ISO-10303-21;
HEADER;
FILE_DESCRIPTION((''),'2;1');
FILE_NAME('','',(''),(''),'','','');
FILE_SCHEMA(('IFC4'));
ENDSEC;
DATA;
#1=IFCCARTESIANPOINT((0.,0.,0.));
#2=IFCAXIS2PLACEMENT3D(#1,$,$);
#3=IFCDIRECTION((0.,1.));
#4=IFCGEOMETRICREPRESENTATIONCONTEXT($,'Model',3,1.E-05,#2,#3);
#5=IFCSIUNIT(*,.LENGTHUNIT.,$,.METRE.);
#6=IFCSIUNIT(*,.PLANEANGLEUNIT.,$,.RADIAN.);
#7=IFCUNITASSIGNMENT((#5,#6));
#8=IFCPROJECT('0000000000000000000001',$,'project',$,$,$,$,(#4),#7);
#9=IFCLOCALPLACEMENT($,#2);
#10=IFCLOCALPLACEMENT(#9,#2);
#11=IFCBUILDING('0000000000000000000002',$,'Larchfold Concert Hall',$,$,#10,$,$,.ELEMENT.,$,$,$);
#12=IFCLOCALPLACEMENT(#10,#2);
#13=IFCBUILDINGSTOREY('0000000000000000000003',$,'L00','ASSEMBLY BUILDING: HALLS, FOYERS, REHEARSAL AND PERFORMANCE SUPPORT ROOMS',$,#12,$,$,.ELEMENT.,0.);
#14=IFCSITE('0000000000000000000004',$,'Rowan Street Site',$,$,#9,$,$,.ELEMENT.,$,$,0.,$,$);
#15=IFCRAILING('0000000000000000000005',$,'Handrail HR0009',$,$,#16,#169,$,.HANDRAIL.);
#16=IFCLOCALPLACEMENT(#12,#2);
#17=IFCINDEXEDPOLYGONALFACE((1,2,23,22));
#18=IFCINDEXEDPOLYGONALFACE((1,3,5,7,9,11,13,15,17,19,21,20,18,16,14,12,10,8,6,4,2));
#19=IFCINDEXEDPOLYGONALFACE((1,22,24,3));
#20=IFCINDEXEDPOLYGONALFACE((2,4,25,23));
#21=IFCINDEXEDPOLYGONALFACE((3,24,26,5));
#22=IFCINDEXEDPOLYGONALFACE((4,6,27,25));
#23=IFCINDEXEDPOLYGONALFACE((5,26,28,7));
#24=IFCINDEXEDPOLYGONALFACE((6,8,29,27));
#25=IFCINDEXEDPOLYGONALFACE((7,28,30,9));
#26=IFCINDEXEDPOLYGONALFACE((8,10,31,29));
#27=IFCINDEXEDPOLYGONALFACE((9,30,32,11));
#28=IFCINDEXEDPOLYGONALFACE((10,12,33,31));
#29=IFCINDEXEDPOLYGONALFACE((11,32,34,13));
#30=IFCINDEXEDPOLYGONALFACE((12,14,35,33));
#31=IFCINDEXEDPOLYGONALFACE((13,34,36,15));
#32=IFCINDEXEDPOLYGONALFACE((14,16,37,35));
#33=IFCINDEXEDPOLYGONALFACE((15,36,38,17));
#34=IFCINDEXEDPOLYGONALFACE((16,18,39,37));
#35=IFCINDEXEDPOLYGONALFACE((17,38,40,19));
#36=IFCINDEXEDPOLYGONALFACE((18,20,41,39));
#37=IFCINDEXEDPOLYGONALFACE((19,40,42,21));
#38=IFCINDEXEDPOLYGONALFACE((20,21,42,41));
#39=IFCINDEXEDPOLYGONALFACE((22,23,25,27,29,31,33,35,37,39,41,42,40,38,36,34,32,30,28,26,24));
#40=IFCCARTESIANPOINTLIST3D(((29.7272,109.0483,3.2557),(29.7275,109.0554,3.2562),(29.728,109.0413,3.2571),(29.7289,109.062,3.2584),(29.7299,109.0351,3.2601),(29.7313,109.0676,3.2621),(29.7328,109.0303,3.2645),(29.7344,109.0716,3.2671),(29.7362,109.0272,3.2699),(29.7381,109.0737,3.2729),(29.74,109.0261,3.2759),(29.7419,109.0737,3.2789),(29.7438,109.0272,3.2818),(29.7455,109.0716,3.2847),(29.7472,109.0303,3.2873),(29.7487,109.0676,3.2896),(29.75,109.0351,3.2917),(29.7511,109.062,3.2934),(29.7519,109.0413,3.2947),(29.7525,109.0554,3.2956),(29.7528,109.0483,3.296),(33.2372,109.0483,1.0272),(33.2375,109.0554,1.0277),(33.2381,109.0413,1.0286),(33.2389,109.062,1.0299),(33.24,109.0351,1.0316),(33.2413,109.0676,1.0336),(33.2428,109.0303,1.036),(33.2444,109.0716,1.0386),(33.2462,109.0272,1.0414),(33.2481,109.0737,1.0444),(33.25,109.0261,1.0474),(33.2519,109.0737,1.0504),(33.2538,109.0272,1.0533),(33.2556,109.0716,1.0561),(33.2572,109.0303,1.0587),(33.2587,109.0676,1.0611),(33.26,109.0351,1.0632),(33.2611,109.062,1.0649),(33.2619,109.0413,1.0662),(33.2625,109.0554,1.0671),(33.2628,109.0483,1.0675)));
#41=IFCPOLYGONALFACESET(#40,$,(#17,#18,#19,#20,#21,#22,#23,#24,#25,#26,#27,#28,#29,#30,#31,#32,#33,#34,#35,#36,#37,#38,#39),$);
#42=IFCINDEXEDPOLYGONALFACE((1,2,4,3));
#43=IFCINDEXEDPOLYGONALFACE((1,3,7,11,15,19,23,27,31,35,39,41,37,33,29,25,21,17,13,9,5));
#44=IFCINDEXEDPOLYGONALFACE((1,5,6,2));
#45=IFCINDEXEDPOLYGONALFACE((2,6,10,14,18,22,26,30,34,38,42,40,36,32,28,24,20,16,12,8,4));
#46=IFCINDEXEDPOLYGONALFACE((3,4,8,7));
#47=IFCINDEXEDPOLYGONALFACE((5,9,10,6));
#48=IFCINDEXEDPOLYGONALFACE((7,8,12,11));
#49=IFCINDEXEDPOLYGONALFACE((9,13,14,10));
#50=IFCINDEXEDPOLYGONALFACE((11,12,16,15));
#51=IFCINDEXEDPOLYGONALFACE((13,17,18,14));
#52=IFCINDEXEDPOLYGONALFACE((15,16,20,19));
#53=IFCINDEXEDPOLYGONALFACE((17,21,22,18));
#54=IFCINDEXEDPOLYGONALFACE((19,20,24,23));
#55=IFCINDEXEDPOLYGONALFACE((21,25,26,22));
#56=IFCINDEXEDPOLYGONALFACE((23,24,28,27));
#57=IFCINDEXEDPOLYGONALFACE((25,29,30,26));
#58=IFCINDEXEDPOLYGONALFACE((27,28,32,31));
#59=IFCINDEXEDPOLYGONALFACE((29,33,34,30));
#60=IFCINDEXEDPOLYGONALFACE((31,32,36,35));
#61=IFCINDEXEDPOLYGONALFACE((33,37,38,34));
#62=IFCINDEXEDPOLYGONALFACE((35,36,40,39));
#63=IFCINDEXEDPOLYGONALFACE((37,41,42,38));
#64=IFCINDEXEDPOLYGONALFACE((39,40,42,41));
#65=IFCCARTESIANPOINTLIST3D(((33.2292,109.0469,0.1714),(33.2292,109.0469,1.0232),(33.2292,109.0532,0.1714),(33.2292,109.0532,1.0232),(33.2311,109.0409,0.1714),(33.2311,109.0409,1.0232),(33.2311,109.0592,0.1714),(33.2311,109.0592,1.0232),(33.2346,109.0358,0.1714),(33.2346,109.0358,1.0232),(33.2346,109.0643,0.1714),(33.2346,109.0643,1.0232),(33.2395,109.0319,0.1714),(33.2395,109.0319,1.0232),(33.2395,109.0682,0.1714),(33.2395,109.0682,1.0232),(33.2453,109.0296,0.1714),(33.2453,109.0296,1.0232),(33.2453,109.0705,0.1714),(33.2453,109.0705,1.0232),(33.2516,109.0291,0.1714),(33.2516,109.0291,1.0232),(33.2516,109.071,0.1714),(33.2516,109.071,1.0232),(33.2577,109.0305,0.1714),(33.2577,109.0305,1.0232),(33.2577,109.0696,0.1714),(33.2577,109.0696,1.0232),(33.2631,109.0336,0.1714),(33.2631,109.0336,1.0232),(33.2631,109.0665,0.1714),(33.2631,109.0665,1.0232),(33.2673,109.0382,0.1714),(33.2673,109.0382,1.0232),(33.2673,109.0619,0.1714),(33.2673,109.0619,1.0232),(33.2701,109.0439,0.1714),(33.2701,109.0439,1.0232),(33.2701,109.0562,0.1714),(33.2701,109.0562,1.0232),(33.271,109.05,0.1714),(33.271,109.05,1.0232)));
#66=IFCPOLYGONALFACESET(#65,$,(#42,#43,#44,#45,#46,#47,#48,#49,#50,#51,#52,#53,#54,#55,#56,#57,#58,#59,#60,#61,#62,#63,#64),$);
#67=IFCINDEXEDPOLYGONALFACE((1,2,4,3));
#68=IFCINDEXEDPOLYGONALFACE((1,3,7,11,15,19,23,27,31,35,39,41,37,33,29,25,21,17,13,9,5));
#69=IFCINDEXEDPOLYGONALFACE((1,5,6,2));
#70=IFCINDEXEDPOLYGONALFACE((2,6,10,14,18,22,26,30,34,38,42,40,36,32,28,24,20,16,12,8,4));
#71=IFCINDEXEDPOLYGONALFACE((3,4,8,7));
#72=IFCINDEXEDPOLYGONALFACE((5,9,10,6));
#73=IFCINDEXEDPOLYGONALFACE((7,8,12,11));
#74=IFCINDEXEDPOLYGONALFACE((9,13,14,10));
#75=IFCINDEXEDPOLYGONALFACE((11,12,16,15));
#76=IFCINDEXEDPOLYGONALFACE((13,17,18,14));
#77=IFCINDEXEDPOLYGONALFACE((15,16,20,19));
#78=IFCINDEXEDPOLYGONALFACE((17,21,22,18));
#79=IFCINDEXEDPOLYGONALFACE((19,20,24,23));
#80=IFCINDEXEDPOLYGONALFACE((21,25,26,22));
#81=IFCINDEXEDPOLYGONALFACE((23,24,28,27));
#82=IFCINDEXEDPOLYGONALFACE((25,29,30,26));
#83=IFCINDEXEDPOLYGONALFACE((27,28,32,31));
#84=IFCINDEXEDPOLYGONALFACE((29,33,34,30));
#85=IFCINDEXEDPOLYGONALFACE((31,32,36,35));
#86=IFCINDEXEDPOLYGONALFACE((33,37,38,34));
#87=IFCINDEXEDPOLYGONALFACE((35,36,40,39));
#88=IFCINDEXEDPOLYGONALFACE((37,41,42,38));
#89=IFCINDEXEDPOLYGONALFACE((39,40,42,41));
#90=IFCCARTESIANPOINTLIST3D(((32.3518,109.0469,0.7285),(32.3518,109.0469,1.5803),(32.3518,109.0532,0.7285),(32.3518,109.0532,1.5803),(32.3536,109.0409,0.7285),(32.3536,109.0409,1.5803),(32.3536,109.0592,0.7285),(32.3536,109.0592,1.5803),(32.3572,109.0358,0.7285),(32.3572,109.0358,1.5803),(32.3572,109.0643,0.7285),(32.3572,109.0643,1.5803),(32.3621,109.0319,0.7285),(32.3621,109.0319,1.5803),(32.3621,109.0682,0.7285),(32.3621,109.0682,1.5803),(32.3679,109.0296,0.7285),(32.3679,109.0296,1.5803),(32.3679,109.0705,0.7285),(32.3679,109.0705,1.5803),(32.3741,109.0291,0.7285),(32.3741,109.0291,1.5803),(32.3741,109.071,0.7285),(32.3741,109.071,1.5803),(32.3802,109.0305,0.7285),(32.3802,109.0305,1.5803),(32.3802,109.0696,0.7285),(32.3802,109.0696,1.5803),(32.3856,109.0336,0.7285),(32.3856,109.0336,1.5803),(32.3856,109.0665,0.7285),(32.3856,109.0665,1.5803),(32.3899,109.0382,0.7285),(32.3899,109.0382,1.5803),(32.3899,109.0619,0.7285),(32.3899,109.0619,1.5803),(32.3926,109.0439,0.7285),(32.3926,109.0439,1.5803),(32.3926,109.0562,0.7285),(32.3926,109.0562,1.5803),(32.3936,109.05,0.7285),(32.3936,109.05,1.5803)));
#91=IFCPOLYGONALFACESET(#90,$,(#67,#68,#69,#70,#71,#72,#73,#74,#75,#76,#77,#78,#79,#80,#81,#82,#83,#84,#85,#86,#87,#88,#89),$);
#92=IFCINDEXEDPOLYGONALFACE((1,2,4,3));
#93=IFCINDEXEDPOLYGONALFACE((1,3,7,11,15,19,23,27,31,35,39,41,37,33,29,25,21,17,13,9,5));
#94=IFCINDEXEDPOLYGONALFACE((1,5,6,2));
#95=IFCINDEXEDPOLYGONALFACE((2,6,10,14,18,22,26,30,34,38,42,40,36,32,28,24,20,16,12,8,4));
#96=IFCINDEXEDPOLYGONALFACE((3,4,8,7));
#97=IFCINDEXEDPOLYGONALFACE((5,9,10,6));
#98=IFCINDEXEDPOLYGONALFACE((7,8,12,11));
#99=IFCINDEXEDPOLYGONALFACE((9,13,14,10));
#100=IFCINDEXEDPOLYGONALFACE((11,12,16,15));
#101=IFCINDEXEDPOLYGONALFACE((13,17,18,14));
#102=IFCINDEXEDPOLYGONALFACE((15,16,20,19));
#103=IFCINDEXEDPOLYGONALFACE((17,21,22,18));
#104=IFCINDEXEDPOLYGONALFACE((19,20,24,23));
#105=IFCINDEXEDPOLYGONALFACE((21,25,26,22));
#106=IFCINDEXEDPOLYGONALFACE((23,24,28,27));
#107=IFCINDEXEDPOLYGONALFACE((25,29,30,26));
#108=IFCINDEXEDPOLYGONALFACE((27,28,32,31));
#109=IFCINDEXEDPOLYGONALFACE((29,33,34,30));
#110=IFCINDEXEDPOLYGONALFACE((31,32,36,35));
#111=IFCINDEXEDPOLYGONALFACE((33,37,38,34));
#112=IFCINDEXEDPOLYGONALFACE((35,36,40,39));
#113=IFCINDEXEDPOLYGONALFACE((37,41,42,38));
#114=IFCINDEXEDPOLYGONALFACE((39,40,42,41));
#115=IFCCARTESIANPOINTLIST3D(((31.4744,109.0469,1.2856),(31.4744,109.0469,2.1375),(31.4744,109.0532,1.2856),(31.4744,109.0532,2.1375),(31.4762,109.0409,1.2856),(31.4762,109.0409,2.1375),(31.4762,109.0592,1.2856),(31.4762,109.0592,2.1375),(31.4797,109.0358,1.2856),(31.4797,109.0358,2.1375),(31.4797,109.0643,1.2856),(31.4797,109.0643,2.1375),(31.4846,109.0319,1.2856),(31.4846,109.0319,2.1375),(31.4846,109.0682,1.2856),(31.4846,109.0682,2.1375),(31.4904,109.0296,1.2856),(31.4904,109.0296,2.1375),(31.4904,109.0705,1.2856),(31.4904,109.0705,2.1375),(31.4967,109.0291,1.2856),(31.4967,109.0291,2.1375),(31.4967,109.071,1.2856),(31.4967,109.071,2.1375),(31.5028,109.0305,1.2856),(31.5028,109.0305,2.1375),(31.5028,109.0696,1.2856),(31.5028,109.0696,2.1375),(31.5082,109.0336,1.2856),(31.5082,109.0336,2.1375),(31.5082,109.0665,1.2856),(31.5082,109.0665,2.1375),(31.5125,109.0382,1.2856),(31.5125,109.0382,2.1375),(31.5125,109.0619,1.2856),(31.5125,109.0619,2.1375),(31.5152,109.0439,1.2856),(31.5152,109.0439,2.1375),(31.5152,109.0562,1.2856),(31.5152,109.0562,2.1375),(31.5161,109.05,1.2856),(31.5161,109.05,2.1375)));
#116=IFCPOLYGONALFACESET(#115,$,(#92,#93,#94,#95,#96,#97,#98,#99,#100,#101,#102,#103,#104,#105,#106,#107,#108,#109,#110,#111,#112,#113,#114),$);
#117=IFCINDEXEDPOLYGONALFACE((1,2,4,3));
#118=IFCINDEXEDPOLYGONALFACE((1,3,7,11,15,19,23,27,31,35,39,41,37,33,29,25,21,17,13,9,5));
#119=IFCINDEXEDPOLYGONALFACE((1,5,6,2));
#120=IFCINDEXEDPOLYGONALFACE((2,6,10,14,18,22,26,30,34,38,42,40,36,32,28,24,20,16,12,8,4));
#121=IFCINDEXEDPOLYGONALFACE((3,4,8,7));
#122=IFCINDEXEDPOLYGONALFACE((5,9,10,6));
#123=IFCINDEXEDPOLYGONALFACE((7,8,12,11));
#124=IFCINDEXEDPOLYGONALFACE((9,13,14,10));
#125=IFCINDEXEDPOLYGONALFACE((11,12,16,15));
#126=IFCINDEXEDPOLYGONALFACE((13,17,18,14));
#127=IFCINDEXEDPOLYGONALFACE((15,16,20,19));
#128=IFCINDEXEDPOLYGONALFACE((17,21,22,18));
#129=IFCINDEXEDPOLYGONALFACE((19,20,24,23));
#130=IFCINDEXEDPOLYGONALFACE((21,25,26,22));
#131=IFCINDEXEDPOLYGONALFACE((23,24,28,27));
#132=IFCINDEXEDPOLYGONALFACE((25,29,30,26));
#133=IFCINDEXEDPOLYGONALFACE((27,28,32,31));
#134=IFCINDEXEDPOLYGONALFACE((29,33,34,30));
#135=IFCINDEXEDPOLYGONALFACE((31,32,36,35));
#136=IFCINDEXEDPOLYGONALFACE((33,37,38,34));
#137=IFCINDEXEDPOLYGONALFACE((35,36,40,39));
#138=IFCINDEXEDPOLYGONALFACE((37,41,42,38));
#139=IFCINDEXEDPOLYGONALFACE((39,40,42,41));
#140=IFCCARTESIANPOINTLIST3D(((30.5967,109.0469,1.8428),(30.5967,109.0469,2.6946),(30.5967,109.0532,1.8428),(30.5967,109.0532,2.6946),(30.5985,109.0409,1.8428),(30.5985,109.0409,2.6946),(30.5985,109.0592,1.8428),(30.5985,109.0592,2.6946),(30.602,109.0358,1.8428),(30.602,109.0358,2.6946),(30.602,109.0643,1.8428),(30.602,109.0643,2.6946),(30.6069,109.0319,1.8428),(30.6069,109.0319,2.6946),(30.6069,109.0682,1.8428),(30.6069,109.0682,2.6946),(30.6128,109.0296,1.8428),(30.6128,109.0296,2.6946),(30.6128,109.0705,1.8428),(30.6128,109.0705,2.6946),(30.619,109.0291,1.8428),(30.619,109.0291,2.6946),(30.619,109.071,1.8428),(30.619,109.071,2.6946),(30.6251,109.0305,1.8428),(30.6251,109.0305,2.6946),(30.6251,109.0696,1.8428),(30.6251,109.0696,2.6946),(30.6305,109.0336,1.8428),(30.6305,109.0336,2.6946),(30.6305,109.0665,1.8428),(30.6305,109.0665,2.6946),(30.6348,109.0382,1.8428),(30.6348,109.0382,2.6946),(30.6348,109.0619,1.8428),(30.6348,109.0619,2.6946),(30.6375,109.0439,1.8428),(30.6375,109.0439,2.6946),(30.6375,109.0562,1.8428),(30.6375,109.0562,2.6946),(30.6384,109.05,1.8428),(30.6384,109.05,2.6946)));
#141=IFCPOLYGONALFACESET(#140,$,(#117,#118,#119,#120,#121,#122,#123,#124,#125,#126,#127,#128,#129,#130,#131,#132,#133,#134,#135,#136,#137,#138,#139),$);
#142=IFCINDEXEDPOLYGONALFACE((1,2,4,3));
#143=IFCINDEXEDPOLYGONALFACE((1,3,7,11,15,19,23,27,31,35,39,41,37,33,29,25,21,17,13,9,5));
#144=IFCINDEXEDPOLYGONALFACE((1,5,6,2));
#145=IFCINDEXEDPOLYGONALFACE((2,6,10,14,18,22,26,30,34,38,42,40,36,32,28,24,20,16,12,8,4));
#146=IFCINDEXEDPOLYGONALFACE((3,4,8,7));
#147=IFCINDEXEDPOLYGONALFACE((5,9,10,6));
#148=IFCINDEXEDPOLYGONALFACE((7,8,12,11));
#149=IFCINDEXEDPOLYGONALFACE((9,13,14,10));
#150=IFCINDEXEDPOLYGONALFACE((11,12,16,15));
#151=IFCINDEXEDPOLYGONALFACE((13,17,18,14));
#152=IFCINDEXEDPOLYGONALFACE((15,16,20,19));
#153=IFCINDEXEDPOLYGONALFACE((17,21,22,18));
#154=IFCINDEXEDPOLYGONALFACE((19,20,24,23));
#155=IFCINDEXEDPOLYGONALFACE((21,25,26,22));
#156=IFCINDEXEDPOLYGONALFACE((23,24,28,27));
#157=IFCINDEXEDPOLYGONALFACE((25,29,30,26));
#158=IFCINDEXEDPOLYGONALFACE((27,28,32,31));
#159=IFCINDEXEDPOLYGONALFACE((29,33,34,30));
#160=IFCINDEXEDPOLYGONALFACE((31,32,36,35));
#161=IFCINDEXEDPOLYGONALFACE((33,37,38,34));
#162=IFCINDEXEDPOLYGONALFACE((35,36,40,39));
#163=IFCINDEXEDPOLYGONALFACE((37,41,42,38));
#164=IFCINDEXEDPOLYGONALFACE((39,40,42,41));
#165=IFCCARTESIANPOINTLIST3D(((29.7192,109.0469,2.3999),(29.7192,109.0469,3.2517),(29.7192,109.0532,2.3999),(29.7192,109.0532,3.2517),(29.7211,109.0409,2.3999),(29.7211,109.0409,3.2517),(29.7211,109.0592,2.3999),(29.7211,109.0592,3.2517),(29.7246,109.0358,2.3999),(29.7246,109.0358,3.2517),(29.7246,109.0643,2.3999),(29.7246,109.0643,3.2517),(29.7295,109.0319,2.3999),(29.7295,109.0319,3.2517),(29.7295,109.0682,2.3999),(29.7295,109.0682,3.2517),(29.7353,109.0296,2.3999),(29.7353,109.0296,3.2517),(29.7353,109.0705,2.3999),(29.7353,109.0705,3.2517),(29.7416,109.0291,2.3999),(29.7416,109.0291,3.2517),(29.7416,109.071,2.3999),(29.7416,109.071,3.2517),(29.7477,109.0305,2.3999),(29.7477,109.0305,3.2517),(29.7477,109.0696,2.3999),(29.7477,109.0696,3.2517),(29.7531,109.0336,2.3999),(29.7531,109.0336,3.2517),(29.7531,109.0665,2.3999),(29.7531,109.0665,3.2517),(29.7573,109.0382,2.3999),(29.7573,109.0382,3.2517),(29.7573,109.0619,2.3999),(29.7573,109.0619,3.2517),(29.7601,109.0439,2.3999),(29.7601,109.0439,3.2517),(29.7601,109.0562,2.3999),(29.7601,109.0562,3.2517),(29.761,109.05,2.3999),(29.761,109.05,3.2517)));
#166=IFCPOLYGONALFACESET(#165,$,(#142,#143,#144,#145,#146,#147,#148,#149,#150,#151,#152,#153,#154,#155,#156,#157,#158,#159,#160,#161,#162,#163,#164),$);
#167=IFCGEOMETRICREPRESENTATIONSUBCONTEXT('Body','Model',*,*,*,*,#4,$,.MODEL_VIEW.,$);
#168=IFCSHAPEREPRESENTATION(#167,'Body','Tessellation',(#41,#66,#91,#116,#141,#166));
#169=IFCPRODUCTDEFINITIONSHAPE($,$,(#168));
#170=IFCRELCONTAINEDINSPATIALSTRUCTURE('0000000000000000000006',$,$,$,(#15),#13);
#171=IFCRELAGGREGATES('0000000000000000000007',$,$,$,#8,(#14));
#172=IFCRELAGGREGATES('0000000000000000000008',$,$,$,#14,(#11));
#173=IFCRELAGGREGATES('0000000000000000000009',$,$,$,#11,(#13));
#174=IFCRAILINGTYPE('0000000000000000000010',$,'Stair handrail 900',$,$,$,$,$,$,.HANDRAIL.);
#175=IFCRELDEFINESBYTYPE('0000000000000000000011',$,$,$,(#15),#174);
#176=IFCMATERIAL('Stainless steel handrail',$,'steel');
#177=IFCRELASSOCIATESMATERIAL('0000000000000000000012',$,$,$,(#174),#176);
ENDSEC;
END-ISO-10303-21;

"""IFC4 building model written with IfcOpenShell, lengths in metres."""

from ifc_helpers import new_model, si_unit, direction, frame, origin, origin_2d, place, context, subcontext, project, spatial, circle, extrude, material, type_object, element, save


model = new_model("IFC4")

# Units and contexts
model_context = context("Model", 3, precision=1e-05, world=origin(), true_north=direction((0.0, 1.0)))
body_context = subcontext(model_context, "Body", "Model", "MODEL_VIEW")
ifc_project = project(units=[si_unit("LENGTHUNIT", "METRE"), si_unit("PLANEANGLEUNIT", "RADIAN")], contexts=[model_context])

# Site, building, storey
site_placement = place(None, origin())
site = spatial("IfcSite", under=ifc_project, at=site_placement, Name="Rowan Street Site", CompositionType="ELEMENT", RefElevation=0.0)
building_placement = place(site_placement, origin())
building = spatial("IfcBuilding", under=site, at=building_placement, Name="Larchfold Concert Hall", CompositionType="ELEMENT")
storey_placement = place(building_placement, origin())
storey = spatial("IfcBuildingStorey", under=building, at=storey_placement, Name="L00", Description="ASSEMBLY BUILDING: HALLS, FOYERS, REHEARSAL AND PERFORMANCE SUPPORT ROOMS", CompositionType="ELEMENT", Elevation=0.0)

# Railing
ifc_material_1 = material(Name="Stainless steel handrail", Category="steel")
railing_type_1 = type_object("IfcRailingType", Name="Stair handrail 900", PredefinedType="HANDRAIL", material=ifc_material_1)
railing_1_placement = place(storey_placement, frame((33.25, 109.05, 0.1714)))
element("IfcRailing", 1, at=railing_1_placement, inside=storey, type_object=railing_type_1, Name="Handrail HR0009", PredefinedType="HANDRAIL", context=body_context, shape_type="SweptSolid", body=[
    extrude(circle(Radius=0.0239, at=origin_2d()), frame((0.0, 0.0, 0.876), z_axis=(-0.84422, 0.0, 0.535998), x_axis=(0.0, -1.0, 0.0)), (0.0, 0.0, 1.0), 4.1577),
    extrude(circle(Radius=0.021, at=origin_2d()), origin(), (0.0, 0.0, 1.0), 0.8518),
    extrude(circle(Radius=0.021, at=origin_2d()), frame((-0.8774, 0.0, 0.5571)), (0.0, 0.0, 1.0), 0.8518),
    extrude(circle(Radius=0.021, at=origin_2d()), frame((-1.7549, 0.0, 1.1143)), (0.0, 0.0, 1.0), 0.8518),
    extrude(circle(Radius=0.021, at=origin_2d()), frame((-2.6326, 0.0, 1.6714)), (0.0, 0.0, 1.0), 0.8518),
    extrude(circle(Radius=0.021, at=origin_2d()), frame((-3.51, 0.0, 2.2285)), (0.0, 0.0, 1.0), 0.8518),
])

save(model, "model.ifc")
